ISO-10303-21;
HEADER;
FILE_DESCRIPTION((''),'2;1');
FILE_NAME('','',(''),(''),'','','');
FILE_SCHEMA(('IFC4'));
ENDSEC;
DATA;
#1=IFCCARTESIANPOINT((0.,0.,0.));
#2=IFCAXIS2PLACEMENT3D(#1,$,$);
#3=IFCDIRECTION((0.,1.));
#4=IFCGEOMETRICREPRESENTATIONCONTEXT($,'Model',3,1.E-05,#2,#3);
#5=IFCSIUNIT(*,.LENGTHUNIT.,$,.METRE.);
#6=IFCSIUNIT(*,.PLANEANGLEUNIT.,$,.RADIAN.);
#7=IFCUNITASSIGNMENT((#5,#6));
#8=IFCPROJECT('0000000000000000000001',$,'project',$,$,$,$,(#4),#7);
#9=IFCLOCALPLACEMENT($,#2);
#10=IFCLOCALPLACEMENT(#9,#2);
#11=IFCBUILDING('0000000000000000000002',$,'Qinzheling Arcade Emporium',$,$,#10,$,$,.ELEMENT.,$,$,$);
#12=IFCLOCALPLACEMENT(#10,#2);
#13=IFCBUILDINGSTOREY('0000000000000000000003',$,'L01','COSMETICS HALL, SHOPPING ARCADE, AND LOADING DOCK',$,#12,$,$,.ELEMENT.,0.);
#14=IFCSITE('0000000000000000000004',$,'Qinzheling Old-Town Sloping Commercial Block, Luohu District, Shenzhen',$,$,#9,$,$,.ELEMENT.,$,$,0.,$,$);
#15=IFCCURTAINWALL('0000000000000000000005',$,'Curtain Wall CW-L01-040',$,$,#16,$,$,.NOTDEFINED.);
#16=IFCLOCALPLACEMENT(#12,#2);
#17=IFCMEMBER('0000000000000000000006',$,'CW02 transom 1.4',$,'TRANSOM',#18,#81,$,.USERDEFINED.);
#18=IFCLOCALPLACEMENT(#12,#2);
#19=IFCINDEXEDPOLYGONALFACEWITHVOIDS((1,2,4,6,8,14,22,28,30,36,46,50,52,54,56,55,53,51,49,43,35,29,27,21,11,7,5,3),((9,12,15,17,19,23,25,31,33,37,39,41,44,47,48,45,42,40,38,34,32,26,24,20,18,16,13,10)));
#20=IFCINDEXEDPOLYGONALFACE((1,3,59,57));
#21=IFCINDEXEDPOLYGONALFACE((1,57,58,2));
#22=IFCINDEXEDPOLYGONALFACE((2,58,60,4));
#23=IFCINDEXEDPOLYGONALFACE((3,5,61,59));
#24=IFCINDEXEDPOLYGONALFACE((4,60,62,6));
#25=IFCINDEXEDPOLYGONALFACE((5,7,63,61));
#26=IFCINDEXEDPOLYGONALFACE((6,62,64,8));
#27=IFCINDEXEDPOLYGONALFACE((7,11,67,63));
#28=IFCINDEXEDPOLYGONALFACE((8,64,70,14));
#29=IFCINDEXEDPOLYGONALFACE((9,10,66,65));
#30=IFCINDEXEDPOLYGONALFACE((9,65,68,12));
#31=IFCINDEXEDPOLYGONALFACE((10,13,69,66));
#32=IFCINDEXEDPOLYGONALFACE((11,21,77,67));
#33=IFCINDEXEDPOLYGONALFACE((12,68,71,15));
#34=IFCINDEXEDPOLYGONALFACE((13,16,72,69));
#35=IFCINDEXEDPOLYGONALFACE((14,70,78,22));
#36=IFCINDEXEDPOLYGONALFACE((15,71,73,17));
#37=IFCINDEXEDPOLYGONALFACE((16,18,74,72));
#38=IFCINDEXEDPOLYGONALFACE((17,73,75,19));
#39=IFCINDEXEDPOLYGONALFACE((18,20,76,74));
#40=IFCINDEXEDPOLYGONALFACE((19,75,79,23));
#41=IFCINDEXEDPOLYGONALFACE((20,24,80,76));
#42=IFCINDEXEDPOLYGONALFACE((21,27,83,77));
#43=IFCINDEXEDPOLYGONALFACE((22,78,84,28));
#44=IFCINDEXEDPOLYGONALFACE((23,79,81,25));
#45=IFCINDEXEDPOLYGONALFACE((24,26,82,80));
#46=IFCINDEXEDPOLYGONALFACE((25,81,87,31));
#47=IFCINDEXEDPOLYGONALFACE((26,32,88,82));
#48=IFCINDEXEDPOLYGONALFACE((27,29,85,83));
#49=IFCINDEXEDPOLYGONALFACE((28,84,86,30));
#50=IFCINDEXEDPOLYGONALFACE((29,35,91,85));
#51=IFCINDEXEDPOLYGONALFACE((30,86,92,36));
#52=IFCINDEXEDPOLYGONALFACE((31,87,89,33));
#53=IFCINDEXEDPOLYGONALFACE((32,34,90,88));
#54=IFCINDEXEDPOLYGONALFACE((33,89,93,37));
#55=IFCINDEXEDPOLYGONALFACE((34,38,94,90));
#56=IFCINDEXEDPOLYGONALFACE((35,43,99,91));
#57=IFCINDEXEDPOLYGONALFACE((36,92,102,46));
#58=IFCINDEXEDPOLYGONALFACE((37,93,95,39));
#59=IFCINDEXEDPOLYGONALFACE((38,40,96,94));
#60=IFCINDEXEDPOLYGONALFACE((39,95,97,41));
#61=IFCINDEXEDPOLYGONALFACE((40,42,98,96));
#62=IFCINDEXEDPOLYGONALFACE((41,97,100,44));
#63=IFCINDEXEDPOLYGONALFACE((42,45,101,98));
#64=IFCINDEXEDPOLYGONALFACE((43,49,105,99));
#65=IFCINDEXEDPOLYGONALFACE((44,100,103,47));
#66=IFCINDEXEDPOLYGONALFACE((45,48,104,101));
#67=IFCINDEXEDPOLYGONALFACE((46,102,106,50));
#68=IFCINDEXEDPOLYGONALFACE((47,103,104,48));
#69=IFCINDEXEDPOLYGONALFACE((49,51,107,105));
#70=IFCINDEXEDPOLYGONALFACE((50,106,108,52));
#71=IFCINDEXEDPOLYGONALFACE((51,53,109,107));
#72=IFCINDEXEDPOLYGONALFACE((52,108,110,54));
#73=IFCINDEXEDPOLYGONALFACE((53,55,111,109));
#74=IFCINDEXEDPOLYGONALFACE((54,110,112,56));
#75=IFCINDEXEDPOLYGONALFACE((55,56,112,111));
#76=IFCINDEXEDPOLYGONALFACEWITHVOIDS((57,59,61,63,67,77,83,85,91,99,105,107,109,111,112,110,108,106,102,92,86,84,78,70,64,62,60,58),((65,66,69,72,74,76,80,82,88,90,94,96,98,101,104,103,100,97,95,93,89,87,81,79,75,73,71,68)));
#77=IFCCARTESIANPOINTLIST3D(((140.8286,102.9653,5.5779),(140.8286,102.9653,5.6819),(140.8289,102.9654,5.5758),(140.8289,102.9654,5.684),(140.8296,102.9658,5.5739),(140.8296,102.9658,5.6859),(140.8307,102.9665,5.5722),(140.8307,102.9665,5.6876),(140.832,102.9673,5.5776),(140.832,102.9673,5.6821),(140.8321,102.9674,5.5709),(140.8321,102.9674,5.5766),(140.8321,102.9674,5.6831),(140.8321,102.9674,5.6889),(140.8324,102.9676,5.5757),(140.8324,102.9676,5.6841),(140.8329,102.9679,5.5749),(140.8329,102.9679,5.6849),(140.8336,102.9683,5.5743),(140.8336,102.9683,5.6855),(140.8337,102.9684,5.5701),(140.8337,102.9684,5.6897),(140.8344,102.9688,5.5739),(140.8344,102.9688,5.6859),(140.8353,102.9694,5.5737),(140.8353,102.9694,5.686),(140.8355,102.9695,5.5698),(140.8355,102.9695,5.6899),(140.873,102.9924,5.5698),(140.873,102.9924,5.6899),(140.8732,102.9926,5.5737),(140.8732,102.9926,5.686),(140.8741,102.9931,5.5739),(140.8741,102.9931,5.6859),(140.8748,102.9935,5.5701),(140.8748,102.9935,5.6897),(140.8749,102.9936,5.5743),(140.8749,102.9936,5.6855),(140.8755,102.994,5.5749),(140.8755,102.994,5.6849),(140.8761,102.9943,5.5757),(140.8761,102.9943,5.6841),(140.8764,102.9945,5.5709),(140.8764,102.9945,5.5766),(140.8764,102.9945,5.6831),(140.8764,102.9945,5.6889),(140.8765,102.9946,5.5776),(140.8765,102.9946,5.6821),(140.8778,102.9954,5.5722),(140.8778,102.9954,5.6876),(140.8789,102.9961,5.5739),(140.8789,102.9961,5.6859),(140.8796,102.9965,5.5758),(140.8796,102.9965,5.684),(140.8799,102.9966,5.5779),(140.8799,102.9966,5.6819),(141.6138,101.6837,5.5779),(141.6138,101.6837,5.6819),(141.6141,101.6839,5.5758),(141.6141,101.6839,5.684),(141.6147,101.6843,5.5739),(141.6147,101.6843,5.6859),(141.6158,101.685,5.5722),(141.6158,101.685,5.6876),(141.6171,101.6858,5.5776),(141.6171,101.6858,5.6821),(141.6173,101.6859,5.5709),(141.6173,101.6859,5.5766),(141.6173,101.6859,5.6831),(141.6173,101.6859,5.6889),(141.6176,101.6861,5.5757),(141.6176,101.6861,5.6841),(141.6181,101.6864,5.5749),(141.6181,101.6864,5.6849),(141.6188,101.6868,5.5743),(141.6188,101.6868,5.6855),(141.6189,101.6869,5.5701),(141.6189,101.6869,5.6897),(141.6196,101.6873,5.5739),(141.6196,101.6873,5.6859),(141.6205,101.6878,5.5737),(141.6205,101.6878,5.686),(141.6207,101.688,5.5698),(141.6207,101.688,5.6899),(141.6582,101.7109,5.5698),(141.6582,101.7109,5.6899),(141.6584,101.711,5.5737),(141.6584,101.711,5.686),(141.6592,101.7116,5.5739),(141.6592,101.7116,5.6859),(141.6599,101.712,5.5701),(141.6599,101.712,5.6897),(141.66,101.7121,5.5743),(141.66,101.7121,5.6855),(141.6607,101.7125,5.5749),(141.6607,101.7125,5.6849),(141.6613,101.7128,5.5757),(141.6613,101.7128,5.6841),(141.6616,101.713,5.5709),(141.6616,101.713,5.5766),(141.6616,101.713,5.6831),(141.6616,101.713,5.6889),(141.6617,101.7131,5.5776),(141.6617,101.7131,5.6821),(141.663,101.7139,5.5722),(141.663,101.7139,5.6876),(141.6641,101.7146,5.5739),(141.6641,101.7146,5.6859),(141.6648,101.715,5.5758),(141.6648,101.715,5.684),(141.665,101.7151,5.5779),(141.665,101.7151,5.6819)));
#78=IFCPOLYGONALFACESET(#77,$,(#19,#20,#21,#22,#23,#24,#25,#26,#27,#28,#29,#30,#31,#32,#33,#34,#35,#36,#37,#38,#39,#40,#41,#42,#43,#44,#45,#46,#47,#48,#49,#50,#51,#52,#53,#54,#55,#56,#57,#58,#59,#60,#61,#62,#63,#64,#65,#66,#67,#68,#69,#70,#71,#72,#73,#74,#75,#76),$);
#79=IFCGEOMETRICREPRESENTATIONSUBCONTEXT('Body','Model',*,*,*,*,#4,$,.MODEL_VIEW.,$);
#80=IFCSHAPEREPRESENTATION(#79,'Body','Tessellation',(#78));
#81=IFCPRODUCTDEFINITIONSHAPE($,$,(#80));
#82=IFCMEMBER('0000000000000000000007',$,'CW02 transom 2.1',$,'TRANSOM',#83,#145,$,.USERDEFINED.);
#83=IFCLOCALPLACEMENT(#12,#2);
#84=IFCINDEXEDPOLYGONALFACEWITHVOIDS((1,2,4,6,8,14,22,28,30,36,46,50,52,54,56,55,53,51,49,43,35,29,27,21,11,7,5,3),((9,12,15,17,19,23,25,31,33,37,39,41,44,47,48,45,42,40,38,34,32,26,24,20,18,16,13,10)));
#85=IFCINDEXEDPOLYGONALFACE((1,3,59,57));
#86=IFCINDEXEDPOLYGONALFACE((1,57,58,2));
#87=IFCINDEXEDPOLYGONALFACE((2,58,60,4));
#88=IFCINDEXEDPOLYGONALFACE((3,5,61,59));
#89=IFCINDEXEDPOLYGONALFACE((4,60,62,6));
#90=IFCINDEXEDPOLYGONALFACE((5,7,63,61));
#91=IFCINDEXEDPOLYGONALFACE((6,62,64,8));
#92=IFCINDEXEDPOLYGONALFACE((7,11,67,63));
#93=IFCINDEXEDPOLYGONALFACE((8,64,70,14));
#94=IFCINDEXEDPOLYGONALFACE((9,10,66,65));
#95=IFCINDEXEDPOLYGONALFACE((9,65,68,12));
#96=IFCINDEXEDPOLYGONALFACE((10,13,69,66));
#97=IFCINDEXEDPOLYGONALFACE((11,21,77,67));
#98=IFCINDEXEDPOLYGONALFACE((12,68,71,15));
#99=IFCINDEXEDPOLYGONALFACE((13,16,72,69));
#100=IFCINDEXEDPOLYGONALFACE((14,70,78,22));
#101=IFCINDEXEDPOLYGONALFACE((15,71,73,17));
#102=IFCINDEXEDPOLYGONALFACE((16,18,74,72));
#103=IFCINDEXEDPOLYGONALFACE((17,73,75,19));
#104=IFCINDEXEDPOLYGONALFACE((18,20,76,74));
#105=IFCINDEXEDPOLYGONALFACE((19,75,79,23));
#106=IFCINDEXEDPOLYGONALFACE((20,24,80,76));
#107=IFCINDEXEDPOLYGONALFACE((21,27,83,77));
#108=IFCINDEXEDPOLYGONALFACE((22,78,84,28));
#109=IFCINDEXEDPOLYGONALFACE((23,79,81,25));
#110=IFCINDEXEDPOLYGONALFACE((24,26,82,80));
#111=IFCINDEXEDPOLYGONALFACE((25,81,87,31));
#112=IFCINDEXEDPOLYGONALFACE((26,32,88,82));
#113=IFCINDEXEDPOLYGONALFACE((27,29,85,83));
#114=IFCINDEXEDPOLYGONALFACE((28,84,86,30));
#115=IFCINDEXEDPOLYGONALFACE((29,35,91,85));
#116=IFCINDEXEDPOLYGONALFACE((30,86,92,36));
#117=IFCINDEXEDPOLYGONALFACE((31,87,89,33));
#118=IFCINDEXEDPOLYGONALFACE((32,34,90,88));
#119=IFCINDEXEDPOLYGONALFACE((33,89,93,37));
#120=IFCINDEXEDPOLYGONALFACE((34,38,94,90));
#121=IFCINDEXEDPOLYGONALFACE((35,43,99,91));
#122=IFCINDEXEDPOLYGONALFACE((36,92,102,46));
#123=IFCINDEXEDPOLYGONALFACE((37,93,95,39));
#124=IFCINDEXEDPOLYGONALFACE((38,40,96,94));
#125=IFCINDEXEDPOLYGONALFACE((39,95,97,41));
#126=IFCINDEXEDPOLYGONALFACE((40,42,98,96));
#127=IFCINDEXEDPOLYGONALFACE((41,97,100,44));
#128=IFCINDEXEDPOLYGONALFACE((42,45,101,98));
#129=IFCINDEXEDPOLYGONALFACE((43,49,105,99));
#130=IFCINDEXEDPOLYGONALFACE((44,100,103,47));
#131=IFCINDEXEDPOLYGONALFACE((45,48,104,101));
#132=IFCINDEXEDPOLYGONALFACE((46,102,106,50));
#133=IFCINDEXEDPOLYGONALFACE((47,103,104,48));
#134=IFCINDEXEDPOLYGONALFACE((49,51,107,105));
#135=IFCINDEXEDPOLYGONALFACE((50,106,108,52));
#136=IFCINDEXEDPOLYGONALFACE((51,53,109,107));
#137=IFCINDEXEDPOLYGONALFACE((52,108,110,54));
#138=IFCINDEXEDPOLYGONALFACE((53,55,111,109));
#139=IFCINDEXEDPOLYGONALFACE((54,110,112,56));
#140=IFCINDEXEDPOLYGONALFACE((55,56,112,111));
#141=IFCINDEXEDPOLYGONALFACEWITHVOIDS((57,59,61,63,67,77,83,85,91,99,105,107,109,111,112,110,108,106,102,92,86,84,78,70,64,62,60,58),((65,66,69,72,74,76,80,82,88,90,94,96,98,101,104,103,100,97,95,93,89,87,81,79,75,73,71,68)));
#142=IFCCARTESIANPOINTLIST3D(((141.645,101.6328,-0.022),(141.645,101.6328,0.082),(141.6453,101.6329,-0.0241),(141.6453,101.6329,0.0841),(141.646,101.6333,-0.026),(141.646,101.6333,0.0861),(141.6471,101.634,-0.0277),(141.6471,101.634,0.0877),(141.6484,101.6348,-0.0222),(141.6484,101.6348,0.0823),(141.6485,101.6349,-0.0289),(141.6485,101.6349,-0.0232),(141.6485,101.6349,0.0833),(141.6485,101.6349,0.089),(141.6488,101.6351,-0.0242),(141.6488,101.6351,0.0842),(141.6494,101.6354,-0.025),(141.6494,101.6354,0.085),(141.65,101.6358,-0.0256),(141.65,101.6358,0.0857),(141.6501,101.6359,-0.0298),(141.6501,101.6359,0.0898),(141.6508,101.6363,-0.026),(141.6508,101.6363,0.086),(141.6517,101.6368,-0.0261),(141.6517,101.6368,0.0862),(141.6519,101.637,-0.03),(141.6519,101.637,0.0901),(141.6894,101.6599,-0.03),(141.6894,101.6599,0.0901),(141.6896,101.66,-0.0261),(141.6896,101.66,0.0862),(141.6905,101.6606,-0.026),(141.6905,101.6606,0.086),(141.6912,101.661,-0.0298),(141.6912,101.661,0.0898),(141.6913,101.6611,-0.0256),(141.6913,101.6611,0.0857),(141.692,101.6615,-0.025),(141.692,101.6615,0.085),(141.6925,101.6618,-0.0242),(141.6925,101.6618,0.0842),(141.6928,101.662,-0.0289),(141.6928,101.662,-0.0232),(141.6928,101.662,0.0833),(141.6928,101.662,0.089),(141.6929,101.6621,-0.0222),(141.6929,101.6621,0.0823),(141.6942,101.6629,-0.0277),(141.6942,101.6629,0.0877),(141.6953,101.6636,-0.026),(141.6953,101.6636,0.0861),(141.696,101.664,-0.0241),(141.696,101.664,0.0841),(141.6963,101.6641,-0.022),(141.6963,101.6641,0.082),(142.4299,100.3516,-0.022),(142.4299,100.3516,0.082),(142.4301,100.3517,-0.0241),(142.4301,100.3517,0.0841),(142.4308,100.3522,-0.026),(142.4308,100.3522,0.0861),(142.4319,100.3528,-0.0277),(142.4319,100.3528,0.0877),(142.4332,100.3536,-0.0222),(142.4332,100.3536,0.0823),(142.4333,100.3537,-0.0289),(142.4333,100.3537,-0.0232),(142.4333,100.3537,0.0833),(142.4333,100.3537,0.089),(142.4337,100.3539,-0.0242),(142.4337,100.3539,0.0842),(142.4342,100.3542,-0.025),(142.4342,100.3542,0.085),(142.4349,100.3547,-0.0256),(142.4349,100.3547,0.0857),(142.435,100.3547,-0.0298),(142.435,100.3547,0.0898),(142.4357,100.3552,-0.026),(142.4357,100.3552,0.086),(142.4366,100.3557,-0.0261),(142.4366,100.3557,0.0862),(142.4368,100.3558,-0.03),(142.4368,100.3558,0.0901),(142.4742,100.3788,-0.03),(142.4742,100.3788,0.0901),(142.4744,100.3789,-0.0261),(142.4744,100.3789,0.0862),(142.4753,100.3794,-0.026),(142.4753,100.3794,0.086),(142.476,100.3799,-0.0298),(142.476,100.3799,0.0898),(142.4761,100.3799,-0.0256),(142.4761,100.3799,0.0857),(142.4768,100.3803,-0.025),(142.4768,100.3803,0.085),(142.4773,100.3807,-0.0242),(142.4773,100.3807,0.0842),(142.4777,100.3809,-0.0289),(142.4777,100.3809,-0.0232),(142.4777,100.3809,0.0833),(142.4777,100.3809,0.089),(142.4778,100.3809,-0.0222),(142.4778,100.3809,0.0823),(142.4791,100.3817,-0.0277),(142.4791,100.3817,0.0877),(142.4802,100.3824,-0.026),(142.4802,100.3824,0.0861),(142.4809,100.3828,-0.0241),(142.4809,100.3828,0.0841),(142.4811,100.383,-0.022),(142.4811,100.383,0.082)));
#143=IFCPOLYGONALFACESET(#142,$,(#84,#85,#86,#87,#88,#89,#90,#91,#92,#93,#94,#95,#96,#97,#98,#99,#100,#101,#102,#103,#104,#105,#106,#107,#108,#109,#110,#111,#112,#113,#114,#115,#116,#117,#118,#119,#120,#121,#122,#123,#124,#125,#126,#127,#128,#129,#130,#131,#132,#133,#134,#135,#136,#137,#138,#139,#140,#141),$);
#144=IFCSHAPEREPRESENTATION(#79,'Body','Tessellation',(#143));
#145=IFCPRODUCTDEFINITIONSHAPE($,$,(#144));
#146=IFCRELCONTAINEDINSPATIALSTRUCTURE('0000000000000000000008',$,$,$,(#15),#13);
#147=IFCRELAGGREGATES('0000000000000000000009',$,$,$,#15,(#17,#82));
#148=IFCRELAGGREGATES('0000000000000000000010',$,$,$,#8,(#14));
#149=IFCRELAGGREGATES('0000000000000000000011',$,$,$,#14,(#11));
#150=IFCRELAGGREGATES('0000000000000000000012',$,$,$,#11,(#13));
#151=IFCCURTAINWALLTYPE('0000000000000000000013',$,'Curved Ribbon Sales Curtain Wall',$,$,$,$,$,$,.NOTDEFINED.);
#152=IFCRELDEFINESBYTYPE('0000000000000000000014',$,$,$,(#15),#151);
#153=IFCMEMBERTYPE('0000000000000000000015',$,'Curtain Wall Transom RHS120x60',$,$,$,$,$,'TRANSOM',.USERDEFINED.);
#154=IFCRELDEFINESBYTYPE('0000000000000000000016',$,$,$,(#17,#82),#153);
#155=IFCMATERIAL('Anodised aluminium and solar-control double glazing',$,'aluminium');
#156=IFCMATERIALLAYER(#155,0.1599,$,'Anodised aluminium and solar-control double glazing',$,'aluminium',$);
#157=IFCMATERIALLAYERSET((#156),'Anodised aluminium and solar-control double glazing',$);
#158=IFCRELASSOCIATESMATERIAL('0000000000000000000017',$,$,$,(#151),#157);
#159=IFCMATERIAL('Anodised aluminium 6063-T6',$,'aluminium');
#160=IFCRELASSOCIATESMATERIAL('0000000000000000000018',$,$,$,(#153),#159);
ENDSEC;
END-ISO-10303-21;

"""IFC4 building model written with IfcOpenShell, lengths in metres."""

from ifc_helpers import new_model, si_unit, direction, frame, origin, origin_2d, place, context, subcontext, project, spatial, hollow_rectangle, extrude, material, layer, layer_set, material_profile, profile_set, type_object, element, aggregate, save


model = new_model("IFC4")

# Units and contexts
model_context = context("Model", 3, precision=1e-05, world=origin(), true_north=direction((0.0, 1.0)))
body_context = subcontext(model_context, "Body", "Model", "MODEL_VIEW")
ifc_project = project(units=[si_unit("LENGTHUNIT", "METRE"), si_unit("PLANEANGLEUNIT", "RADIAN")], contexts=[model_context])

# Site, building, storey
site_placement = place(None, origin())
site = spatial("IfcSite", under=ifc_project, at=site_placement, Name="Qinzheling Old-Town Sloping Commercial Block, Luohu District, Shenzhen", CompositionType="ELEMENT", RefElevation=0.0)
building_placement = place(site_placement, origin())
building = spatial("IfcBuilding", under=site, at=building_placement, Name="Qinzheling Arcade Emporium", CompositionType="ELEMENT")
storey_placement = place(building_placement, origin())
storey = spatial("IfcBuildingStorey", under=building, at=storey_placement, Name="L01", Description="COSMETICS HALL, SHOPPING ARCADE, AND LOADING DOCK", CompositionType="ELEMENT", Elevation=0.0)

# Shared definitions
ifc_material_1 = material(Name="Anodised aluminium and solar-control double glazing", Category="aluminium")
ifc_layer_1 = layer(ifc_material_1, 0.1599, Name="Anodised aluminium and solar-control double glazing", Category="aluminium")
ifc_layer_set_1 = layer_set([ifc_layer_1], Name="Anodised aluminium and solar-control double glazing")
curtain_wall_type = type_object("IfcCurtainWallType", Name="Curved Ribbon Sales Curtain Wall", PredefinedType="NOTDEFINED", material=ifc_layer_set_1)
ifc_material_2 = material(Name="Anodised aluminium 6063-T6", Category="aluminium")

# Curtain wall
curtain_wall_1_placement = place(storey_placement, origin())
curtain_wall_1 = element("IfcCurtainWall", 1, at=curtain_wall_1_placement, inside=storey, type_object=curtain_wall_type, Name="Curtain Wall CW-L01-040", PredefinedType="NOTDEFINED")

# Members
ifc_material_profile_1 = material_profile(ifc_material_2, hollow_rectangle(XDim=0.0601, YDim=0.1201, WallThickness=0.0039, InnerFilletRadius=0.0039, OuterFilletRadius=0.0081, at=origin_2d()), Name="RHS 120x60x4", Category="aluminium")
ifc_profile_set_1 = profile_set([ifc_material_profile_1], Name="Anodised aluminium 6063-T6")
member_type_1 = type_object("IfcMemberType", Name="Curtain Wall Transom RHS120x60", ElementType="TRANSOM", PredefinedType="USERDEFINED", material=ifc_profile_set_1)
member_1_placement = place(storey_placement, frame((140.8542, 102.981, 5.6299), z_axis=(0.522429, -0.852683, 0.0), x_axis=(0.852683, 0.522429, 0.0)))
member_1 = element("IfcMember", 2, at=member_1_placement, type_object=member_type_1, Name="CW02 transom 1.4", ObjectType="TRANSOM", PredefinedType="USERDEFINED", context=body_context, shape_type="SweptSolid", body=[
    extrude(hollow_rectangle(XDim=0.0601, YDim=0.1201, WallThickness=0.0039, InnerFilletRadius=0.0039, OuterFilletRadius=0.0081, at=origin_2d()), origin(), (0.0, 0.0, 1.0), 1.5029),
])
member_2_placement = place(storey_placement, frame((141.6707, 101.6484, 0.03), z_axis=(0.522383, -0.852711, 0.0), x_axis=(0.852711, 0.522383, 0.0)))
member_2 = element("IfcMember", 3, at=member_2_placement, type_object=member_type_1, Name="CW02 transom 2.1", ObjectType="TRANSOM", PredefinedType="USERDEFINED", context=body_context, shape_type="SweptSolid", body=[
    extrude(hollow_rectangle(XDim=0.0601, YDim=0.1201, WallThickness=0.0039, InnerFilletRadius=0.0039, OuterFilletRadius=0.0081, at=origin_2d()), origin(), (0.0, 0.0, 1.0), 1.5024),
])

aggregate(curtain_wall_1, [member_1, member_2])

save(model, "model.ifc")
